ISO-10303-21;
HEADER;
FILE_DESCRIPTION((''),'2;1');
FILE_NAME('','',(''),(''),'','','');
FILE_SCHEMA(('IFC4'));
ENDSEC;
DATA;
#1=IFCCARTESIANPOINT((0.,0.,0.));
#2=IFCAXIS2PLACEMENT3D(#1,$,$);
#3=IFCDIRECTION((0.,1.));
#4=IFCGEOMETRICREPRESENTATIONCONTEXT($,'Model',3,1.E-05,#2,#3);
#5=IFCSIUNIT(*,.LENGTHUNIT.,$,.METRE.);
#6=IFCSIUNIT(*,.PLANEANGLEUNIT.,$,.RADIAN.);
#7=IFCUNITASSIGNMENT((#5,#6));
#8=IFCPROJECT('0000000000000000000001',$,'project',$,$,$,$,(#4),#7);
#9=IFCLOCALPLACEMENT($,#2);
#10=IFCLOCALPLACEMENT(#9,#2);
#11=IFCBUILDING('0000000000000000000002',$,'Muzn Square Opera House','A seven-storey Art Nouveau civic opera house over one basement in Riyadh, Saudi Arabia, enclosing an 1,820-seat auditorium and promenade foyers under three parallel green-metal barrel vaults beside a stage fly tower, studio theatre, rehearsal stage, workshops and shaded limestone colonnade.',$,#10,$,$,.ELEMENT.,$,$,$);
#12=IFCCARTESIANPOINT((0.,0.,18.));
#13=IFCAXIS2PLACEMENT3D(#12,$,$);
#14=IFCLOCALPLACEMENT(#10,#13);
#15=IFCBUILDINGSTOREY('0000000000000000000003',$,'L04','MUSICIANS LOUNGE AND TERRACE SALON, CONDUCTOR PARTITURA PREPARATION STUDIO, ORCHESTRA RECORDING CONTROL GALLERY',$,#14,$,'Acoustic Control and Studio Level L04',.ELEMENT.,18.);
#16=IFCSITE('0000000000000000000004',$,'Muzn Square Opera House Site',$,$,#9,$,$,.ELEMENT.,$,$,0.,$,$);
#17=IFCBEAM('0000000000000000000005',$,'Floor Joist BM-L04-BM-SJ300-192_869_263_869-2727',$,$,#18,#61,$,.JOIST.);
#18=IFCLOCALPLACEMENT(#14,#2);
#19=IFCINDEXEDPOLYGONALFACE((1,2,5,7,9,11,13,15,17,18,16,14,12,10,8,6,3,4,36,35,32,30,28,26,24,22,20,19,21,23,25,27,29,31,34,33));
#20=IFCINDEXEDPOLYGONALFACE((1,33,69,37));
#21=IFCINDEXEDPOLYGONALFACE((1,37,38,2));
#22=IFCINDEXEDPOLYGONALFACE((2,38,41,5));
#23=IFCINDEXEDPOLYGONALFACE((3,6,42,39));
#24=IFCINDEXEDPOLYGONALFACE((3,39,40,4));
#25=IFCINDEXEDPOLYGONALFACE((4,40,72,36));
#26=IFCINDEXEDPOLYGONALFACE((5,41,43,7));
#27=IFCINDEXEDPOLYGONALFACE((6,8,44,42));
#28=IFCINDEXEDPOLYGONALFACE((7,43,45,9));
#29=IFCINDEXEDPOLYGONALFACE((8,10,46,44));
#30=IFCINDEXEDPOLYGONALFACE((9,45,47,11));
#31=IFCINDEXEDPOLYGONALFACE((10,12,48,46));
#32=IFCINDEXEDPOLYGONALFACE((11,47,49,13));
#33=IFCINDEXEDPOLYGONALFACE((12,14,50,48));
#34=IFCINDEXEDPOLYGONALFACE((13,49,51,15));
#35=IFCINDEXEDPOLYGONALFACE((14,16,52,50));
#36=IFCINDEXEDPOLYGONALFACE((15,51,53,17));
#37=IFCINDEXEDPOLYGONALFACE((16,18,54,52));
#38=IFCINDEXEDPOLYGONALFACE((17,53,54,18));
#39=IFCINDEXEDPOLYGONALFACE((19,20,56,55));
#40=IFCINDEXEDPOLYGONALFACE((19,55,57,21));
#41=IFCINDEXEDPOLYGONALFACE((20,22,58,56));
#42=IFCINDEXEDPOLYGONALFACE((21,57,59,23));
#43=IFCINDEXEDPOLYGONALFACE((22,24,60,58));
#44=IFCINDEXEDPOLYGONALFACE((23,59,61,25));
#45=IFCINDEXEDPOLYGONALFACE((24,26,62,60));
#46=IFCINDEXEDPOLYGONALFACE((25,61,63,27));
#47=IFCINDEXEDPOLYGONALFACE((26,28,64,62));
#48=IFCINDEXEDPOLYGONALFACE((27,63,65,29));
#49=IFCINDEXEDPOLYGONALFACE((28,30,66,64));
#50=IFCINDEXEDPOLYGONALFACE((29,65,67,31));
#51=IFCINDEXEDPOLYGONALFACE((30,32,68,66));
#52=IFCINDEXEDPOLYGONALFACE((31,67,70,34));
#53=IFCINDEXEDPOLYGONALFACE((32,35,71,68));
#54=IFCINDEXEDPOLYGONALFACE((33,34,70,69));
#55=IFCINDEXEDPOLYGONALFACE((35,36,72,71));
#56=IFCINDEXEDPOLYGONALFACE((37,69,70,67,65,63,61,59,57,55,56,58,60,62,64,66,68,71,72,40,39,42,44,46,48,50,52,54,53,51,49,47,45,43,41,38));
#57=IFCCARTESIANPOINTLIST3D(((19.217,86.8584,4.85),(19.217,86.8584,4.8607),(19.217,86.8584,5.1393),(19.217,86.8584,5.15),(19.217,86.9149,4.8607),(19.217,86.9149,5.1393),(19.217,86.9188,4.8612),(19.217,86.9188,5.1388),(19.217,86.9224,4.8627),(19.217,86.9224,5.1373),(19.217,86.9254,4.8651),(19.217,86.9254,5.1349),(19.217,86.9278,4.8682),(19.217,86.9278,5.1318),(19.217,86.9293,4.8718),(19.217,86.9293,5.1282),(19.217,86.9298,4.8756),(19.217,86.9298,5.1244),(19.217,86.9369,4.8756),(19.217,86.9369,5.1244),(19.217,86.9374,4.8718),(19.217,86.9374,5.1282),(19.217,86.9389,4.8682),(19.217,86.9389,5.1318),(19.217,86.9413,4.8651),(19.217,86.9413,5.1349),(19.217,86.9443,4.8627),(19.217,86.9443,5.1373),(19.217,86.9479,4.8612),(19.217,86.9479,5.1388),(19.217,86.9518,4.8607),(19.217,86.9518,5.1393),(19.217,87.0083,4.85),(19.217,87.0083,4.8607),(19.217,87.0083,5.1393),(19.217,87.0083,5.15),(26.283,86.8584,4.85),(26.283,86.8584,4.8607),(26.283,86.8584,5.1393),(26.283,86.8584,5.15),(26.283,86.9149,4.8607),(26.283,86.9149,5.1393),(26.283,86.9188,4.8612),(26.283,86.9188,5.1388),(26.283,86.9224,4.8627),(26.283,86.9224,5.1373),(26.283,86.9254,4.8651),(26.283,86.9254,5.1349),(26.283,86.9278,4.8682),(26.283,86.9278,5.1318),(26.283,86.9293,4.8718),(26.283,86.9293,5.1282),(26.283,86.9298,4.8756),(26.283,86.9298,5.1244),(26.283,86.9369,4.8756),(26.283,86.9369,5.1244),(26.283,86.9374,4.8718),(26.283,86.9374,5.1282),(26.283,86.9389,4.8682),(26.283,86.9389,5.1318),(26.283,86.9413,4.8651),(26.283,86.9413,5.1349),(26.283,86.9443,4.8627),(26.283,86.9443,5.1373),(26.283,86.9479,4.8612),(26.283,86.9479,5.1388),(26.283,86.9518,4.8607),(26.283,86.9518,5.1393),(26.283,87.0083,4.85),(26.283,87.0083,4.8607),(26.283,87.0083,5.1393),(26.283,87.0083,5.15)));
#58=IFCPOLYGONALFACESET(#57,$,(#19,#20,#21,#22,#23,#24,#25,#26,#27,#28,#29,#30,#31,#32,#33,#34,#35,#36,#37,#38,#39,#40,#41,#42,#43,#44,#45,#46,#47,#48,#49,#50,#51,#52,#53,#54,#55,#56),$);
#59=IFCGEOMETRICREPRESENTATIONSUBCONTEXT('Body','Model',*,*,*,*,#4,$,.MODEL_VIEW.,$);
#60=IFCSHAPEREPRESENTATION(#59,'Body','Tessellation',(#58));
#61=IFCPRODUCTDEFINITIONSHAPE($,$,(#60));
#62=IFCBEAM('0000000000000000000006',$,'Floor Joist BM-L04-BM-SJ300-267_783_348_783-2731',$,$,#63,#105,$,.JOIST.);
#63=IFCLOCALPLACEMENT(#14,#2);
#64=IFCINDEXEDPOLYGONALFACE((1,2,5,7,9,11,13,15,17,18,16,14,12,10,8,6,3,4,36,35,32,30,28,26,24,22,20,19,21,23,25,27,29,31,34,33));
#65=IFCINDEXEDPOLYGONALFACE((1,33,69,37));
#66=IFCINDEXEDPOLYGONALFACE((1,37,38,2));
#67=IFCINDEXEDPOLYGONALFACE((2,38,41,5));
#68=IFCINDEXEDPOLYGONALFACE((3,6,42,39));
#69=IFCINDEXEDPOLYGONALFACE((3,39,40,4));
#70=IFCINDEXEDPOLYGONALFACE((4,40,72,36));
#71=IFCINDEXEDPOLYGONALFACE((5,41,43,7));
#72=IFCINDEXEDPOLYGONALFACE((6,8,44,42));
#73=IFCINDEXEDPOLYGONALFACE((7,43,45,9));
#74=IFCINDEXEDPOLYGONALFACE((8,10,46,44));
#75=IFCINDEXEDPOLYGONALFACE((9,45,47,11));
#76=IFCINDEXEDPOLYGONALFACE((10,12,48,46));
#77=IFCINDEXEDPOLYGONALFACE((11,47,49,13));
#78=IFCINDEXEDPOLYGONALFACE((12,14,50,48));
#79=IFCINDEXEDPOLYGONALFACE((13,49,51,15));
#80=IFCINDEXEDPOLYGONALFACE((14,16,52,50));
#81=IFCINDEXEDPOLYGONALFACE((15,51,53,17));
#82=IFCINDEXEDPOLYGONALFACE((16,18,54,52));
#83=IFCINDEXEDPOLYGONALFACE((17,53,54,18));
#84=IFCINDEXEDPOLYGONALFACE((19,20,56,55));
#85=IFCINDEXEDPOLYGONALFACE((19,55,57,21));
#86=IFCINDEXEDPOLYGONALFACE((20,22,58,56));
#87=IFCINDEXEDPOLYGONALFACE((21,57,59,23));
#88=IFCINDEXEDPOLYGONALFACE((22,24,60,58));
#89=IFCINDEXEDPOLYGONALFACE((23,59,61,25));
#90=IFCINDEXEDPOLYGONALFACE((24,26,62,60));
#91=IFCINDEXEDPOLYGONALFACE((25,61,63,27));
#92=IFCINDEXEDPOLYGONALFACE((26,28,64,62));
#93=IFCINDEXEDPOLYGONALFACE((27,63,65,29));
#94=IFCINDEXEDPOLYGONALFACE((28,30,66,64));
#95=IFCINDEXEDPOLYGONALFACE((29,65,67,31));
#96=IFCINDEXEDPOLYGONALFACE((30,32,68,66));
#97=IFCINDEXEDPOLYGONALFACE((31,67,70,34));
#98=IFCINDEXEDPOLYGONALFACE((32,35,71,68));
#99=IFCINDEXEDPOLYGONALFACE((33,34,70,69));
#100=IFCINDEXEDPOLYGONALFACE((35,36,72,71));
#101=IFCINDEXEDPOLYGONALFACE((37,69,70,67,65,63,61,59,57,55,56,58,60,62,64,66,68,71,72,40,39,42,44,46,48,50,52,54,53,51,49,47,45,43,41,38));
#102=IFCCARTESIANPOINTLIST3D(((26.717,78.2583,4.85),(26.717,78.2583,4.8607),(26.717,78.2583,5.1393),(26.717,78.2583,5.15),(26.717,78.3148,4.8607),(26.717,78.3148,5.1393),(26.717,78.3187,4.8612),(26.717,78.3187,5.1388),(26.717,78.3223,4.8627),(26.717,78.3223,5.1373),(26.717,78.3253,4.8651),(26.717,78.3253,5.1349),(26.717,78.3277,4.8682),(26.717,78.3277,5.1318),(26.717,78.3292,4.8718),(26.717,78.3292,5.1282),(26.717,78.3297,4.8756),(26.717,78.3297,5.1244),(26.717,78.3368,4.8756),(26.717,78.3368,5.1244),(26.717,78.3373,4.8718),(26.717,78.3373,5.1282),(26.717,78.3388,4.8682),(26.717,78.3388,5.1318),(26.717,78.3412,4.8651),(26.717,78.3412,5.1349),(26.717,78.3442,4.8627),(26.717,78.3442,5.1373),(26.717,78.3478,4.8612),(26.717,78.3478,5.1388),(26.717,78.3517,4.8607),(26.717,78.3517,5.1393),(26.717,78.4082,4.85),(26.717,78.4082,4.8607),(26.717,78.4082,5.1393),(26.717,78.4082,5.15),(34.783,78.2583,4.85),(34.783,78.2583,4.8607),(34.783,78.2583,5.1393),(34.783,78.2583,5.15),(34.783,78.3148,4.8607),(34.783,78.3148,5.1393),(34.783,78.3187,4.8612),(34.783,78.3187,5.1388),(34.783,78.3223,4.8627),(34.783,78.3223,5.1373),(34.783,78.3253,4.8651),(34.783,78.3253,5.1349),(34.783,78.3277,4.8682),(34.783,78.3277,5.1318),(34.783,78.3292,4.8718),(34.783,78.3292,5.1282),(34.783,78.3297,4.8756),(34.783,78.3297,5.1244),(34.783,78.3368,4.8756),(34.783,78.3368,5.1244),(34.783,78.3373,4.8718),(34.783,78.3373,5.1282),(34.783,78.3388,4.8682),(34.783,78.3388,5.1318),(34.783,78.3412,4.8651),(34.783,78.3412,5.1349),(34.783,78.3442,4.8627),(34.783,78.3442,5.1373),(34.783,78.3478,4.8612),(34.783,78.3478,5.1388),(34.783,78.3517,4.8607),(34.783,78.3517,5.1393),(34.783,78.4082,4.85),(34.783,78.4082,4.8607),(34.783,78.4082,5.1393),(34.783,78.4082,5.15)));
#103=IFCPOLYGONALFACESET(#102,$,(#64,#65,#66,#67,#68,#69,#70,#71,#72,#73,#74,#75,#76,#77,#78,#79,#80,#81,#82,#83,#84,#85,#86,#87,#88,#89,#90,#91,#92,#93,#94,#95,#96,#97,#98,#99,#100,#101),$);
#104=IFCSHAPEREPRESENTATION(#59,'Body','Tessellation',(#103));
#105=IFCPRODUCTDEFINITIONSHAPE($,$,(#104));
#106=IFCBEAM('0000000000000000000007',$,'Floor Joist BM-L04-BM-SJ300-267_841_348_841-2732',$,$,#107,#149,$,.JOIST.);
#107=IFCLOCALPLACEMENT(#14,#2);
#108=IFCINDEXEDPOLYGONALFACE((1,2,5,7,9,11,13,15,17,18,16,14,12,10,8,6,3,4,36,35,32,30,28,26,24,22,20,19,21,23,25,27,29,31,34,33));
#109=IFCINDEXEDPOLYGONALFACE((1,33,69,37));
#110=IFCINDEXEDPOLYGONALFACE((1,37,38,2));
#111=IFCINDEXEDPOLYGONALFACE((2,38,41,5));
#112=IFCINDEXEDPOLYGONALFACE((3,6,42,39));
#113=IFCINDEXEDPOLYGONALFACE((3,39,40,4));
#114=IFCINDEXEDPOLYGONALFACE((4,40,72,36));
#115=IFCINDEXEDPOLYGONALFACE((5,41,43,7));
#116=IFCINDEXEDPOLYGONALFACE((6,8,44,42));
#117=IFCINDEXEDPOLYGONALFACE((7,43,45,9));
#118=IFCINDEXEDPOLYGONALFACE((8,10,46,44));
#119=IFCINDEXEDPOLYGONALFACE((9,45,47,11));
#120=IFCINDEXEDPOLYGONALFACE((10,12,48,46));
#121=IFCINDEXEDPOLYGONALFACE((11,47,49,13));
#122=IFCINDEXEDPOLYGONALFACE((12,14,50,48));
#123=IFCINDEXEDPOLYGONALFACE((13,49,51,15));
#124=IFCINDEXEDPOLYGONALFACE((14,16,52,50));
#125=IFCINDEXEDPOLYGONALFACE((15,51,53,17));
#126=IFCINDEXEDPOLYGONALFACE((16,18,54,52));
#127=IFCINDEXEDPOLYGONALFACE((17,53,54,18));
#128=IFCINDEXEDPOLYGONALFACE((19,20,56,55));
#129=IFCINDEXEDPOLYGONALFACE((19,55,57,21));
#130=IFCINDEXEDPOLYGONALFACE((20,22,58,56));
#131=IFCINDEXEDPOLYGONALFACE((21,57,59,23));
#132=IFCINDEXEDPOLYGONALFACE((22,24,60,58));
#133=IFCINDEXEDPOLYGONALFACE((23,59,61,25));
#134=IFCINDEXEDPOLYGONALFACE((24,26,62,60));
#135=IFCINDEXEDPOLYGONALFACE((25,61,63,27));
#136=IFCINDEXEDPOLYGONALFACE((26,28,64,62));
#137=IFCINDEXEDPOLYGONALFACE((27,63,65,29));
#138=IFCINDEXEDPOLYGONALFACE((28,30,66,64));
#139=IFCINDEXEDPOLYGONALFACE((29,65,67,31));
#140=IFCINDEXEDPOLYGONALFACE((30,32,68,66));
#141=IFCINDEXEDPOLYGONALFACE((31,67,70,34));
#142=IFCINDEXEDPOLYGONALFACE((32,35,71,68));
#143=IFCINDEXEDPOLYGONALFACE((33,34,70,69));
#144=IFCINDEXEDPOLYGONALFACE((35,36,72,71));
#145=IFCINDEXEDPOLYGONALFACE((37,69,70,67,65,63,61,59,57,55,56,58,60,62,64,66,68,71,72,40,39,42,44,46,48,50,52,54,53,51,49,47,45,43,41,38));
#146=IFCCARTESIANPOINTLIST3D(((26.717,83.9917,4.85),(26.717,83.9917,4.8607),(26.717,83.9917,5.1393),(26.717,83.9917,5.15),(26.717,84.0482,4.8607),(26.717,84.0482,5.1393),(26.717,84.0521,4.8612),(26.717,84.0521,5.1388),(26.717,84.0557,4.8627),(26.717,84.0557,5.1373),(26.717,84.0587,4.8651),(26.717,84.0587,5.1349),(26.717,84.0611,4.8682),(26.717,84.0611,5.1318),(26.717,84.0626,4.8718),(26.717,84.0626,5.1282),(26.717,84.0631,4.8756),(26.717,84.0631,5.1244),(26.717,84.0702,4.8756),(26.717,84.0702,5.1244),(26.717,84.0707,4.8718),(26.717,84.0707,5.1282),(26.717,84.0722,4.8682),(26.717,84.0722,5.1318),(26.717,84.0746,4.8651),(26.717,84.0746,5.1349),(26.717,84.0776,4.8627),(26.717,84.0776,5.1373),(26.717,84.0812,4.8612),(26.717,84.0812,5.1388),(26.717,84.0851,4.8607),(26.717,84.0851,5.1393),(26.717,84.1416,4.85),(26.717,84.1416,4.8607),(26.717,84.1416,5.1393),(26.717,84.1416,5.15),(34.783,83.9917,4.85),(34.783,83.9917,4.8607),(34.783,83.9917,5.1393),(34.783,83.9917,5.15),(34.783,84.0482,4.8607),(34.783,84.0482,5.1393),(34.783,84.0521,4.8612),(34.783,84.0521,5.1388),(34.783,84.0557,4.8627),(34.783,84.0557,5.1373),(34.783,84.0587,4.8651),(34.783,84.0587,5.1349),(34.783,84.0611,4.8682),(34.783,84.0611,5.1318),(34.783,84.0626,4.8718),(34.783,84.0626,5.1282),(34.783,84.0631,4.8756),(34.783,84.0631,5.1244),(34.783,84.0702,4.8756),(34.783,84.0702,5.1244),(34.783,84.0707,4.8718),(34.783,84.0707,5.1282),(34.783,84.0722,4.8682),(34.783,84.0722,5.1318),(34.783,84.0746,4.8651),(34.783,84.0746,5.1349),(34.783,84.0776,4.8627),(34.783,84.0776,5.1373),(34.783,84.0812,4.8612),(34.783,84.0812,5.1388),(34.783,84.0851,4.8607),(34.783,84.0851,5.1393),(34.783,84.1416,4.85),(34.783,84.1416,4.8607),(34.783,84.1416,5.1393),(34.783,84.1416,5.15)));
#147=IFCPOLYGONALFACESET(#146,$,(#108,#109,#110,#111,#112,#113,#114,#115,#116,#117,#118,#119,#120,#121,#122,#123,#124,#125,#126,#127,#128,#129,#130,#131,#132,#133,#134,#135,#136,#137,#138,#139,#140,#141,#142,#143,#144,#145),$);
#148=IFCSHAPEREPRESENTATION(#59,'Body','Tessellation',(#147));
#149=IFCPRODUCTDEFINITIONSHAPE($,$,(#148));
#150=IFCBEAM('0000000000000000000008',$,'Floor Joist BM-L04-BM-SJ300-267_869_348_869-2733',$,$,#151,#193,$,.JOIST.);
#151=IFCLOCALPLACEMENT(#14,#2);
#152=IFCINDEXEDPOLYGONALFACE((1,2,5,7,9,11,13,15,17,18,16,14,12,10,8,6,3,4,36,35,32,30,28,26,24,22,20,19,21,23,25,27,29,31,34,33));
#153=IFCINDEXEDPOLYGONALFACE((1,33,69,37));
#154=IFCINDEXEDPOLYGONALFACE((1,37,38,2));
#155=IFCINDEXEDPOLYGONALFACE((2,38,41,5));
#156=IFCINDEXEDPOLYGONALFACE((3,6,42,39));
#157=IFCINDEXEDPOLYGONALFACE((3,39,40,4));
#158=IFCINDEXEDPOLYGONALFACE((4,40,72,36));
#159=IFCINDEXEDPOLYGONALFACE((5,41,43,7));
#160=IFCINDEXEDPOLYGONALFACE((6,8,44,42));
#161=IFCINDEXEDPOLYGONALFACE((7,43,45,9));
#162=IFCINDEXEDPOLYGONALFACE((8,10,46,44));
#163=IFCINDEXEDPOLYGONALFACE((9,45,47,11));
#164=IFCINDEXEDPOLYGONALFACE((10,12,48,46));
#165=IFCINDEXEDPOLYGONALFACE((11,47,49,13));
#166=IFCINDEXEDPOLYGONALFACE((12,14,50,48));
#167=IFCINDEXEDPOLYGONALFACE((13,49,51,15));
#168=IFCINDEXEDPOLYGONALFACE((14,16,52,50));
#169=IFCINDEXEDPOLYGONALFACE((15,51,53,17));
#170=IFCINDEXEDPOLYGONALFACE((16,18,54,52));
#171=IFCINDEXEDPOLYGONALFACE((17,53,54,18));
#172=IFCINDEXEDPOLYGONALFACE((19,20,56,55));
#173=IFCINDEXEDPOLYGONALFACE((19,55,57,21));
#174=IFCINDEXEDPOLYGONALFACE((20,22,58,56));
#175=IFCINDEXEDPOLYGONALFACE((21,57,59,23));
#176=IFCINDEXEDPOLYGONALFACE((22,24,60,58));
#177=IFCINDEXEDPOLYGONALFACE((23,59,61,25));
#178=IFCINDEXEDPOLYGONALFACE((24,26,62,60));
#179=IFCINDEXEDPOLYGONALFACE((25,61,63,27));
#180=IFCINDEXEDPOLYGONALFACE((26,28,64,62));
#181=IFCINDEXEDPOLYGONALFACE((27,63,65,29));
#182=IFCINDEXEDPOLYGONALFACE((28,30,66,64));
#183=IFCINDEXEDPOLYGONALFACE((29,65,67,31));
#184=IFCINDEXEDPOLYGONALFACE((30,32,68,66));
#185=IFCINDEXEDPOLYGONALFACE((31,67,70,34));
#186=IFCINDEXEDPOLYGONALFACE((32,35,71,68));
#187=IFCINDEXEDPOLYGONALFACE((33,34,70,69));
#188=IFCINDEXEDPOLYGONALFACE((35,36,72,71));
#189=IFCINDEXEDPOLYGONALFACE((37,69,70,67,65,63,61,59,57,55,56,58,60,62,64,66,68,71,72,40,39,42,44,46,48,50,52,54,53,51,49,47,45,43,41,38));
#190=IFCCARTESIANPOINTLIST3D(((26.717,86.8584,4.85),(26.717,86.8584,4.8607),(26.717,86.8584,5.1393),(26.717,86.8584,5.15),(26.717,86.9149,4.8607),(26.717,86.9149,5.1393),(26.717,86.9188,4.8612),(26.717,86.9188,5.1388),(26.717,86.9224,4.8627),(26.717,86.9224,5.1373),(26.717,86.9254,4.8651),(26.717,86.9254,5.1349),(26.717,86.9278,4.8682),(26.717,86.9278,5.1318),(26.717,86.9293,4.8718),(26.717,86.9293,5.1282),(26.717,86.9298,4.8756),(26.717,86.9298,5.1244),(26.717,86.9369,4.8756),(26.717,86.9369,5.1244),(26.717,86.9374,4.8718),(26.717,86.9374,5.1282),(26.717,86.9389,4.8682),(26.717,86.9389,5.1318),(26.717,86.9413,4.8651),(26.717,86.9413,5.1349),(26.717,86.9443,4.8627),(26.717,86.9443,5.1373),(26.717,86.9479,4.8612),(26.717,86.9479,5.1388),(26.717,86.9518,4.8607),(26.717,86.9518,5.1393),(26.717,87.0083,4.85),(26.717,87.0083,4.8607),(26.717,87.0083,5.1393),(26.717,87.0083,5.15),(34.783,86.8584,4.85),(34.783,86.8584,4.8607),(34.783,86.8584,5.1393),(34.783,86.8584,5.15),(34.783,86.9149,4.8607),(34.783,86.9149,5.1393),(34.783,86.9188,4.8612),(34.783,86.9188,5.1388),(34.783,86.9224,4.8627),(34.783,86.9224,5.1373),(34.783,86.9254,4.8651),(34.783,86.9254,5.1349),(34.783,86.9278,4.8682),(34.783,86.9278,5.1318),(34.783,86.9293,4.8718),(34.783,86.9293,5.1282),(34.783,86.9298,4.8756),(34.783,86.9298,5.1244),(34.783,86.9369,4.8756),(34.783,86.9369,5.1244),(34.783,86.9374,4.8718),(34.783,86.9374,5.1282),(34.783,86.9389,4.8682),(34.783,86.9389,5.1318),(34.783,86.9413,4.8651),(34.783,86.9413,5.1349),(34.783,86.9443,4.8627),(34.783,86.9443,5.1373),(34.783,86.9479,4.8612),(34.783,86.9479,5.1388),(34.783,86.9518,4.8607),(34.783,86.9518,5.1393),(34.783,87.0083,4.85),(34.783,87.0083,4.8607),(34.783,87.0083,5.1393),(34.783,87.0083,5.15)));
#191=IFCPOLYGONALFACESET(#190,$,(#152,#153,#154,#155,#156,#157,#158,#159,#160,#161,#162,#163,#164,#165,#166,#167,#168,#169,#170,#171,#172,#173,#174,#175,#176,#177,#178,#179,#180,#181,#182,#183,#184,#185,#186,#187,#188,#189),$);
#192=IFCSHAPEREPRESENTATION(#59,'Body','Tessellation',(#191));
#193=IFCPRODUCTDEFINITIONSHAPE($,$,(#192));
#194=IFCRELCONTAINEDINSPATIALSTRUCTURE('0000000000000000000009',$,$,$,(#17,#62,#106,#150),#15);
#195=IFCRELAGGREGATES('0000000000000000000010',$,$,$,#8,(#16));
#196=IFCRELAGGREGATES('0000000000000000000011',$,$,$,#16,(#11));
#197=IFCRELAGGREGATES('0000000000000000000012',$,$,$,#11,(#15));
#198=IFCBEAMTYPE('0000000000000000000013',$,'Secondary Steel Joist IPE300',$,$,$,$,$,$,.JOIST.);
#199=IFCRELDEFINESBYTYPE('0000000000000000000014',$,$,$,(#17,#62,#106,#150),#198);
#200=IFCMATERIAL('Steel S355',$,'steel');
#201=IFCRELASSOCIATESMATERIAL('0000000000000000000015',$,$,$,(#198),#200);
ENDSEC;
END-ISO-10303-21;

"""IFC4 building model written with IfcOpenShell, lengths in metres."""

from ifc_helpers import new_model, si_unit, direction, frame, origin, origin_2d, place, context, subcontext, project, spatial, i_section, extrude, material, material_profile, profile_set, type_object, element, save


model = new_model("IFC4")

# Units and contexts
model_context = context("Model", 3, precision=1e-05, world=origin(), true_north=direction((0.0, 1.0)))
body_context = subcontext(model_context, "Body", "Model", "MODEL_VIEW")
ifc_project = project(units=[si_unit("LENGTHUNIT", "METRE"), si_unit("PLANEANGLEUNIT", "RADIAN")], contexts=[model_context])

# Site, building, storey
site_placement = place(None, origin())
site = spatial("IfcSite", under=ifc_project, at=site_placement, Name="Muzn Square Opera House Site", CompositionType="ELEMENT", RefElevation=0.0)
building_placement = place(site_placement, origin())
building = spatial("IfcBuilding", under=site, at=building_placement, Name="Muzn Square Opera House", Description="A seven-storey Art Nouveau civic opera house over one basement in Riyadh, Saudi Arabia, enclosing an 1,820-seat auditorium and promenade foyers under three parallel green-metal barrel vaults beside a stage fly tower, studio theatre, rehearsal stage, workshops and shaded limestone colonnade.", CompositionType="ELEMENT")
storey_placement = place(building_placement, frame((0.0, 0.0, 18.0)))
storey = spatial("IfcBuildingStorey", under=building, at=storey_placement, Name="L04", Description="MUSICIANS LOUNGE AND TERRACE SALON, CONDUCTOR PARTITURA PREPARATION STUDIO, ORCHESTRA RECORDING CONTROL GALLERY", LongName="Acoustic Control and Studio Level L04", CompositionType="ELEMENT", Elevation=18.0)

# Beams
ifc_material_1 = material(Name="Steel S355", Category="steel")
ifc_material_profile_1 = material_profile(ifc_material_1, i_section(OverallWidth=0.1499, OverallDepth=0.3, WebThickness=0.0071, FlangeThickness=0.0107, FilletRadius=0.0149, at=origin_2d()), Name="IPE 300", Category="steel")
ifc_profile_set_1 = profile_set([ifc_material_profile_1], Name="Steel S355")
beam_type_1 = type_object("IfcBeamType", Name="Secondary Steel Joist IPE300", PredefinedType="JOIST", material=ifc_profile_set_1)
for number, where, z_axis, x_axis, name in (
    (1, (19.217, 86.9333, 5.0), (1.0, 0.0, 0.0), (0.0, 1.0, 0.0), "Floor Joist BM-L04-BM-SJ300-192_869_263_869-2727"),
):
    element("IfcBeam", number, at=place(storey_placement, frame(where, z_axis=z_axis, x_axis=x_axis)), inside=storey, type_object=beam_type_1, Name=name, PredefinedType="JOIST", context=body_context, shape_type="SweptSolid", body=[
        extrude(i_section(OverallWidth=0.1499, OverallDepth=0.3, WebThickness=0.0071, FlangeThickness=0.0107, FilletRadius=0.0149, at=origin_2d()), origin(), (0.0, 0.0, 1.0), 7.0659),
    ])
for number, where, z_axis, x_axis, name in (
    (2, (26.717, 78.3333, 5.0), (1.0, 0.0, 0.0), (0.0, 1.0, 0.0), "Floor Joist BM-L04-BM-SJ300-267_783_348_783-2731"),
    (3, (26.717, 84.0667, 5.0), (1.0, 0.0, 0.0), (0.0, 1.0, 0.0), "Floor Joist BM-L04-BM-SJ300-267_841_348_841-2732"),
    (4, (26.717, 86.9333, 5.0), (1.0, 0.0, 0.0), (0.0, 1.0, 0.0), "Floor Joist BM-L04-BM-SJ300-267_869_348_869-2733"),
):
    element("IfcBeam", number, at=place(storey_placement, frame(where, z_axis=z_axis, x_axis=x_axis)), inside=storey, type_object=beam_type_1, Name=name, PredefinedType="JOIST", context=body_context, shape_type="SweptSolid", body=[
        extrude(i_section(OverallWidth=0.1499, OverallDepth=0.3, WebThickness=0.0071, FlangeThickness=0.0107, FilletRadius=0.0149, at=origin_2d()), origin(), (0.0, 0.0, 1.0), 8.0659),
    ])

save(model, "model.ifc")
